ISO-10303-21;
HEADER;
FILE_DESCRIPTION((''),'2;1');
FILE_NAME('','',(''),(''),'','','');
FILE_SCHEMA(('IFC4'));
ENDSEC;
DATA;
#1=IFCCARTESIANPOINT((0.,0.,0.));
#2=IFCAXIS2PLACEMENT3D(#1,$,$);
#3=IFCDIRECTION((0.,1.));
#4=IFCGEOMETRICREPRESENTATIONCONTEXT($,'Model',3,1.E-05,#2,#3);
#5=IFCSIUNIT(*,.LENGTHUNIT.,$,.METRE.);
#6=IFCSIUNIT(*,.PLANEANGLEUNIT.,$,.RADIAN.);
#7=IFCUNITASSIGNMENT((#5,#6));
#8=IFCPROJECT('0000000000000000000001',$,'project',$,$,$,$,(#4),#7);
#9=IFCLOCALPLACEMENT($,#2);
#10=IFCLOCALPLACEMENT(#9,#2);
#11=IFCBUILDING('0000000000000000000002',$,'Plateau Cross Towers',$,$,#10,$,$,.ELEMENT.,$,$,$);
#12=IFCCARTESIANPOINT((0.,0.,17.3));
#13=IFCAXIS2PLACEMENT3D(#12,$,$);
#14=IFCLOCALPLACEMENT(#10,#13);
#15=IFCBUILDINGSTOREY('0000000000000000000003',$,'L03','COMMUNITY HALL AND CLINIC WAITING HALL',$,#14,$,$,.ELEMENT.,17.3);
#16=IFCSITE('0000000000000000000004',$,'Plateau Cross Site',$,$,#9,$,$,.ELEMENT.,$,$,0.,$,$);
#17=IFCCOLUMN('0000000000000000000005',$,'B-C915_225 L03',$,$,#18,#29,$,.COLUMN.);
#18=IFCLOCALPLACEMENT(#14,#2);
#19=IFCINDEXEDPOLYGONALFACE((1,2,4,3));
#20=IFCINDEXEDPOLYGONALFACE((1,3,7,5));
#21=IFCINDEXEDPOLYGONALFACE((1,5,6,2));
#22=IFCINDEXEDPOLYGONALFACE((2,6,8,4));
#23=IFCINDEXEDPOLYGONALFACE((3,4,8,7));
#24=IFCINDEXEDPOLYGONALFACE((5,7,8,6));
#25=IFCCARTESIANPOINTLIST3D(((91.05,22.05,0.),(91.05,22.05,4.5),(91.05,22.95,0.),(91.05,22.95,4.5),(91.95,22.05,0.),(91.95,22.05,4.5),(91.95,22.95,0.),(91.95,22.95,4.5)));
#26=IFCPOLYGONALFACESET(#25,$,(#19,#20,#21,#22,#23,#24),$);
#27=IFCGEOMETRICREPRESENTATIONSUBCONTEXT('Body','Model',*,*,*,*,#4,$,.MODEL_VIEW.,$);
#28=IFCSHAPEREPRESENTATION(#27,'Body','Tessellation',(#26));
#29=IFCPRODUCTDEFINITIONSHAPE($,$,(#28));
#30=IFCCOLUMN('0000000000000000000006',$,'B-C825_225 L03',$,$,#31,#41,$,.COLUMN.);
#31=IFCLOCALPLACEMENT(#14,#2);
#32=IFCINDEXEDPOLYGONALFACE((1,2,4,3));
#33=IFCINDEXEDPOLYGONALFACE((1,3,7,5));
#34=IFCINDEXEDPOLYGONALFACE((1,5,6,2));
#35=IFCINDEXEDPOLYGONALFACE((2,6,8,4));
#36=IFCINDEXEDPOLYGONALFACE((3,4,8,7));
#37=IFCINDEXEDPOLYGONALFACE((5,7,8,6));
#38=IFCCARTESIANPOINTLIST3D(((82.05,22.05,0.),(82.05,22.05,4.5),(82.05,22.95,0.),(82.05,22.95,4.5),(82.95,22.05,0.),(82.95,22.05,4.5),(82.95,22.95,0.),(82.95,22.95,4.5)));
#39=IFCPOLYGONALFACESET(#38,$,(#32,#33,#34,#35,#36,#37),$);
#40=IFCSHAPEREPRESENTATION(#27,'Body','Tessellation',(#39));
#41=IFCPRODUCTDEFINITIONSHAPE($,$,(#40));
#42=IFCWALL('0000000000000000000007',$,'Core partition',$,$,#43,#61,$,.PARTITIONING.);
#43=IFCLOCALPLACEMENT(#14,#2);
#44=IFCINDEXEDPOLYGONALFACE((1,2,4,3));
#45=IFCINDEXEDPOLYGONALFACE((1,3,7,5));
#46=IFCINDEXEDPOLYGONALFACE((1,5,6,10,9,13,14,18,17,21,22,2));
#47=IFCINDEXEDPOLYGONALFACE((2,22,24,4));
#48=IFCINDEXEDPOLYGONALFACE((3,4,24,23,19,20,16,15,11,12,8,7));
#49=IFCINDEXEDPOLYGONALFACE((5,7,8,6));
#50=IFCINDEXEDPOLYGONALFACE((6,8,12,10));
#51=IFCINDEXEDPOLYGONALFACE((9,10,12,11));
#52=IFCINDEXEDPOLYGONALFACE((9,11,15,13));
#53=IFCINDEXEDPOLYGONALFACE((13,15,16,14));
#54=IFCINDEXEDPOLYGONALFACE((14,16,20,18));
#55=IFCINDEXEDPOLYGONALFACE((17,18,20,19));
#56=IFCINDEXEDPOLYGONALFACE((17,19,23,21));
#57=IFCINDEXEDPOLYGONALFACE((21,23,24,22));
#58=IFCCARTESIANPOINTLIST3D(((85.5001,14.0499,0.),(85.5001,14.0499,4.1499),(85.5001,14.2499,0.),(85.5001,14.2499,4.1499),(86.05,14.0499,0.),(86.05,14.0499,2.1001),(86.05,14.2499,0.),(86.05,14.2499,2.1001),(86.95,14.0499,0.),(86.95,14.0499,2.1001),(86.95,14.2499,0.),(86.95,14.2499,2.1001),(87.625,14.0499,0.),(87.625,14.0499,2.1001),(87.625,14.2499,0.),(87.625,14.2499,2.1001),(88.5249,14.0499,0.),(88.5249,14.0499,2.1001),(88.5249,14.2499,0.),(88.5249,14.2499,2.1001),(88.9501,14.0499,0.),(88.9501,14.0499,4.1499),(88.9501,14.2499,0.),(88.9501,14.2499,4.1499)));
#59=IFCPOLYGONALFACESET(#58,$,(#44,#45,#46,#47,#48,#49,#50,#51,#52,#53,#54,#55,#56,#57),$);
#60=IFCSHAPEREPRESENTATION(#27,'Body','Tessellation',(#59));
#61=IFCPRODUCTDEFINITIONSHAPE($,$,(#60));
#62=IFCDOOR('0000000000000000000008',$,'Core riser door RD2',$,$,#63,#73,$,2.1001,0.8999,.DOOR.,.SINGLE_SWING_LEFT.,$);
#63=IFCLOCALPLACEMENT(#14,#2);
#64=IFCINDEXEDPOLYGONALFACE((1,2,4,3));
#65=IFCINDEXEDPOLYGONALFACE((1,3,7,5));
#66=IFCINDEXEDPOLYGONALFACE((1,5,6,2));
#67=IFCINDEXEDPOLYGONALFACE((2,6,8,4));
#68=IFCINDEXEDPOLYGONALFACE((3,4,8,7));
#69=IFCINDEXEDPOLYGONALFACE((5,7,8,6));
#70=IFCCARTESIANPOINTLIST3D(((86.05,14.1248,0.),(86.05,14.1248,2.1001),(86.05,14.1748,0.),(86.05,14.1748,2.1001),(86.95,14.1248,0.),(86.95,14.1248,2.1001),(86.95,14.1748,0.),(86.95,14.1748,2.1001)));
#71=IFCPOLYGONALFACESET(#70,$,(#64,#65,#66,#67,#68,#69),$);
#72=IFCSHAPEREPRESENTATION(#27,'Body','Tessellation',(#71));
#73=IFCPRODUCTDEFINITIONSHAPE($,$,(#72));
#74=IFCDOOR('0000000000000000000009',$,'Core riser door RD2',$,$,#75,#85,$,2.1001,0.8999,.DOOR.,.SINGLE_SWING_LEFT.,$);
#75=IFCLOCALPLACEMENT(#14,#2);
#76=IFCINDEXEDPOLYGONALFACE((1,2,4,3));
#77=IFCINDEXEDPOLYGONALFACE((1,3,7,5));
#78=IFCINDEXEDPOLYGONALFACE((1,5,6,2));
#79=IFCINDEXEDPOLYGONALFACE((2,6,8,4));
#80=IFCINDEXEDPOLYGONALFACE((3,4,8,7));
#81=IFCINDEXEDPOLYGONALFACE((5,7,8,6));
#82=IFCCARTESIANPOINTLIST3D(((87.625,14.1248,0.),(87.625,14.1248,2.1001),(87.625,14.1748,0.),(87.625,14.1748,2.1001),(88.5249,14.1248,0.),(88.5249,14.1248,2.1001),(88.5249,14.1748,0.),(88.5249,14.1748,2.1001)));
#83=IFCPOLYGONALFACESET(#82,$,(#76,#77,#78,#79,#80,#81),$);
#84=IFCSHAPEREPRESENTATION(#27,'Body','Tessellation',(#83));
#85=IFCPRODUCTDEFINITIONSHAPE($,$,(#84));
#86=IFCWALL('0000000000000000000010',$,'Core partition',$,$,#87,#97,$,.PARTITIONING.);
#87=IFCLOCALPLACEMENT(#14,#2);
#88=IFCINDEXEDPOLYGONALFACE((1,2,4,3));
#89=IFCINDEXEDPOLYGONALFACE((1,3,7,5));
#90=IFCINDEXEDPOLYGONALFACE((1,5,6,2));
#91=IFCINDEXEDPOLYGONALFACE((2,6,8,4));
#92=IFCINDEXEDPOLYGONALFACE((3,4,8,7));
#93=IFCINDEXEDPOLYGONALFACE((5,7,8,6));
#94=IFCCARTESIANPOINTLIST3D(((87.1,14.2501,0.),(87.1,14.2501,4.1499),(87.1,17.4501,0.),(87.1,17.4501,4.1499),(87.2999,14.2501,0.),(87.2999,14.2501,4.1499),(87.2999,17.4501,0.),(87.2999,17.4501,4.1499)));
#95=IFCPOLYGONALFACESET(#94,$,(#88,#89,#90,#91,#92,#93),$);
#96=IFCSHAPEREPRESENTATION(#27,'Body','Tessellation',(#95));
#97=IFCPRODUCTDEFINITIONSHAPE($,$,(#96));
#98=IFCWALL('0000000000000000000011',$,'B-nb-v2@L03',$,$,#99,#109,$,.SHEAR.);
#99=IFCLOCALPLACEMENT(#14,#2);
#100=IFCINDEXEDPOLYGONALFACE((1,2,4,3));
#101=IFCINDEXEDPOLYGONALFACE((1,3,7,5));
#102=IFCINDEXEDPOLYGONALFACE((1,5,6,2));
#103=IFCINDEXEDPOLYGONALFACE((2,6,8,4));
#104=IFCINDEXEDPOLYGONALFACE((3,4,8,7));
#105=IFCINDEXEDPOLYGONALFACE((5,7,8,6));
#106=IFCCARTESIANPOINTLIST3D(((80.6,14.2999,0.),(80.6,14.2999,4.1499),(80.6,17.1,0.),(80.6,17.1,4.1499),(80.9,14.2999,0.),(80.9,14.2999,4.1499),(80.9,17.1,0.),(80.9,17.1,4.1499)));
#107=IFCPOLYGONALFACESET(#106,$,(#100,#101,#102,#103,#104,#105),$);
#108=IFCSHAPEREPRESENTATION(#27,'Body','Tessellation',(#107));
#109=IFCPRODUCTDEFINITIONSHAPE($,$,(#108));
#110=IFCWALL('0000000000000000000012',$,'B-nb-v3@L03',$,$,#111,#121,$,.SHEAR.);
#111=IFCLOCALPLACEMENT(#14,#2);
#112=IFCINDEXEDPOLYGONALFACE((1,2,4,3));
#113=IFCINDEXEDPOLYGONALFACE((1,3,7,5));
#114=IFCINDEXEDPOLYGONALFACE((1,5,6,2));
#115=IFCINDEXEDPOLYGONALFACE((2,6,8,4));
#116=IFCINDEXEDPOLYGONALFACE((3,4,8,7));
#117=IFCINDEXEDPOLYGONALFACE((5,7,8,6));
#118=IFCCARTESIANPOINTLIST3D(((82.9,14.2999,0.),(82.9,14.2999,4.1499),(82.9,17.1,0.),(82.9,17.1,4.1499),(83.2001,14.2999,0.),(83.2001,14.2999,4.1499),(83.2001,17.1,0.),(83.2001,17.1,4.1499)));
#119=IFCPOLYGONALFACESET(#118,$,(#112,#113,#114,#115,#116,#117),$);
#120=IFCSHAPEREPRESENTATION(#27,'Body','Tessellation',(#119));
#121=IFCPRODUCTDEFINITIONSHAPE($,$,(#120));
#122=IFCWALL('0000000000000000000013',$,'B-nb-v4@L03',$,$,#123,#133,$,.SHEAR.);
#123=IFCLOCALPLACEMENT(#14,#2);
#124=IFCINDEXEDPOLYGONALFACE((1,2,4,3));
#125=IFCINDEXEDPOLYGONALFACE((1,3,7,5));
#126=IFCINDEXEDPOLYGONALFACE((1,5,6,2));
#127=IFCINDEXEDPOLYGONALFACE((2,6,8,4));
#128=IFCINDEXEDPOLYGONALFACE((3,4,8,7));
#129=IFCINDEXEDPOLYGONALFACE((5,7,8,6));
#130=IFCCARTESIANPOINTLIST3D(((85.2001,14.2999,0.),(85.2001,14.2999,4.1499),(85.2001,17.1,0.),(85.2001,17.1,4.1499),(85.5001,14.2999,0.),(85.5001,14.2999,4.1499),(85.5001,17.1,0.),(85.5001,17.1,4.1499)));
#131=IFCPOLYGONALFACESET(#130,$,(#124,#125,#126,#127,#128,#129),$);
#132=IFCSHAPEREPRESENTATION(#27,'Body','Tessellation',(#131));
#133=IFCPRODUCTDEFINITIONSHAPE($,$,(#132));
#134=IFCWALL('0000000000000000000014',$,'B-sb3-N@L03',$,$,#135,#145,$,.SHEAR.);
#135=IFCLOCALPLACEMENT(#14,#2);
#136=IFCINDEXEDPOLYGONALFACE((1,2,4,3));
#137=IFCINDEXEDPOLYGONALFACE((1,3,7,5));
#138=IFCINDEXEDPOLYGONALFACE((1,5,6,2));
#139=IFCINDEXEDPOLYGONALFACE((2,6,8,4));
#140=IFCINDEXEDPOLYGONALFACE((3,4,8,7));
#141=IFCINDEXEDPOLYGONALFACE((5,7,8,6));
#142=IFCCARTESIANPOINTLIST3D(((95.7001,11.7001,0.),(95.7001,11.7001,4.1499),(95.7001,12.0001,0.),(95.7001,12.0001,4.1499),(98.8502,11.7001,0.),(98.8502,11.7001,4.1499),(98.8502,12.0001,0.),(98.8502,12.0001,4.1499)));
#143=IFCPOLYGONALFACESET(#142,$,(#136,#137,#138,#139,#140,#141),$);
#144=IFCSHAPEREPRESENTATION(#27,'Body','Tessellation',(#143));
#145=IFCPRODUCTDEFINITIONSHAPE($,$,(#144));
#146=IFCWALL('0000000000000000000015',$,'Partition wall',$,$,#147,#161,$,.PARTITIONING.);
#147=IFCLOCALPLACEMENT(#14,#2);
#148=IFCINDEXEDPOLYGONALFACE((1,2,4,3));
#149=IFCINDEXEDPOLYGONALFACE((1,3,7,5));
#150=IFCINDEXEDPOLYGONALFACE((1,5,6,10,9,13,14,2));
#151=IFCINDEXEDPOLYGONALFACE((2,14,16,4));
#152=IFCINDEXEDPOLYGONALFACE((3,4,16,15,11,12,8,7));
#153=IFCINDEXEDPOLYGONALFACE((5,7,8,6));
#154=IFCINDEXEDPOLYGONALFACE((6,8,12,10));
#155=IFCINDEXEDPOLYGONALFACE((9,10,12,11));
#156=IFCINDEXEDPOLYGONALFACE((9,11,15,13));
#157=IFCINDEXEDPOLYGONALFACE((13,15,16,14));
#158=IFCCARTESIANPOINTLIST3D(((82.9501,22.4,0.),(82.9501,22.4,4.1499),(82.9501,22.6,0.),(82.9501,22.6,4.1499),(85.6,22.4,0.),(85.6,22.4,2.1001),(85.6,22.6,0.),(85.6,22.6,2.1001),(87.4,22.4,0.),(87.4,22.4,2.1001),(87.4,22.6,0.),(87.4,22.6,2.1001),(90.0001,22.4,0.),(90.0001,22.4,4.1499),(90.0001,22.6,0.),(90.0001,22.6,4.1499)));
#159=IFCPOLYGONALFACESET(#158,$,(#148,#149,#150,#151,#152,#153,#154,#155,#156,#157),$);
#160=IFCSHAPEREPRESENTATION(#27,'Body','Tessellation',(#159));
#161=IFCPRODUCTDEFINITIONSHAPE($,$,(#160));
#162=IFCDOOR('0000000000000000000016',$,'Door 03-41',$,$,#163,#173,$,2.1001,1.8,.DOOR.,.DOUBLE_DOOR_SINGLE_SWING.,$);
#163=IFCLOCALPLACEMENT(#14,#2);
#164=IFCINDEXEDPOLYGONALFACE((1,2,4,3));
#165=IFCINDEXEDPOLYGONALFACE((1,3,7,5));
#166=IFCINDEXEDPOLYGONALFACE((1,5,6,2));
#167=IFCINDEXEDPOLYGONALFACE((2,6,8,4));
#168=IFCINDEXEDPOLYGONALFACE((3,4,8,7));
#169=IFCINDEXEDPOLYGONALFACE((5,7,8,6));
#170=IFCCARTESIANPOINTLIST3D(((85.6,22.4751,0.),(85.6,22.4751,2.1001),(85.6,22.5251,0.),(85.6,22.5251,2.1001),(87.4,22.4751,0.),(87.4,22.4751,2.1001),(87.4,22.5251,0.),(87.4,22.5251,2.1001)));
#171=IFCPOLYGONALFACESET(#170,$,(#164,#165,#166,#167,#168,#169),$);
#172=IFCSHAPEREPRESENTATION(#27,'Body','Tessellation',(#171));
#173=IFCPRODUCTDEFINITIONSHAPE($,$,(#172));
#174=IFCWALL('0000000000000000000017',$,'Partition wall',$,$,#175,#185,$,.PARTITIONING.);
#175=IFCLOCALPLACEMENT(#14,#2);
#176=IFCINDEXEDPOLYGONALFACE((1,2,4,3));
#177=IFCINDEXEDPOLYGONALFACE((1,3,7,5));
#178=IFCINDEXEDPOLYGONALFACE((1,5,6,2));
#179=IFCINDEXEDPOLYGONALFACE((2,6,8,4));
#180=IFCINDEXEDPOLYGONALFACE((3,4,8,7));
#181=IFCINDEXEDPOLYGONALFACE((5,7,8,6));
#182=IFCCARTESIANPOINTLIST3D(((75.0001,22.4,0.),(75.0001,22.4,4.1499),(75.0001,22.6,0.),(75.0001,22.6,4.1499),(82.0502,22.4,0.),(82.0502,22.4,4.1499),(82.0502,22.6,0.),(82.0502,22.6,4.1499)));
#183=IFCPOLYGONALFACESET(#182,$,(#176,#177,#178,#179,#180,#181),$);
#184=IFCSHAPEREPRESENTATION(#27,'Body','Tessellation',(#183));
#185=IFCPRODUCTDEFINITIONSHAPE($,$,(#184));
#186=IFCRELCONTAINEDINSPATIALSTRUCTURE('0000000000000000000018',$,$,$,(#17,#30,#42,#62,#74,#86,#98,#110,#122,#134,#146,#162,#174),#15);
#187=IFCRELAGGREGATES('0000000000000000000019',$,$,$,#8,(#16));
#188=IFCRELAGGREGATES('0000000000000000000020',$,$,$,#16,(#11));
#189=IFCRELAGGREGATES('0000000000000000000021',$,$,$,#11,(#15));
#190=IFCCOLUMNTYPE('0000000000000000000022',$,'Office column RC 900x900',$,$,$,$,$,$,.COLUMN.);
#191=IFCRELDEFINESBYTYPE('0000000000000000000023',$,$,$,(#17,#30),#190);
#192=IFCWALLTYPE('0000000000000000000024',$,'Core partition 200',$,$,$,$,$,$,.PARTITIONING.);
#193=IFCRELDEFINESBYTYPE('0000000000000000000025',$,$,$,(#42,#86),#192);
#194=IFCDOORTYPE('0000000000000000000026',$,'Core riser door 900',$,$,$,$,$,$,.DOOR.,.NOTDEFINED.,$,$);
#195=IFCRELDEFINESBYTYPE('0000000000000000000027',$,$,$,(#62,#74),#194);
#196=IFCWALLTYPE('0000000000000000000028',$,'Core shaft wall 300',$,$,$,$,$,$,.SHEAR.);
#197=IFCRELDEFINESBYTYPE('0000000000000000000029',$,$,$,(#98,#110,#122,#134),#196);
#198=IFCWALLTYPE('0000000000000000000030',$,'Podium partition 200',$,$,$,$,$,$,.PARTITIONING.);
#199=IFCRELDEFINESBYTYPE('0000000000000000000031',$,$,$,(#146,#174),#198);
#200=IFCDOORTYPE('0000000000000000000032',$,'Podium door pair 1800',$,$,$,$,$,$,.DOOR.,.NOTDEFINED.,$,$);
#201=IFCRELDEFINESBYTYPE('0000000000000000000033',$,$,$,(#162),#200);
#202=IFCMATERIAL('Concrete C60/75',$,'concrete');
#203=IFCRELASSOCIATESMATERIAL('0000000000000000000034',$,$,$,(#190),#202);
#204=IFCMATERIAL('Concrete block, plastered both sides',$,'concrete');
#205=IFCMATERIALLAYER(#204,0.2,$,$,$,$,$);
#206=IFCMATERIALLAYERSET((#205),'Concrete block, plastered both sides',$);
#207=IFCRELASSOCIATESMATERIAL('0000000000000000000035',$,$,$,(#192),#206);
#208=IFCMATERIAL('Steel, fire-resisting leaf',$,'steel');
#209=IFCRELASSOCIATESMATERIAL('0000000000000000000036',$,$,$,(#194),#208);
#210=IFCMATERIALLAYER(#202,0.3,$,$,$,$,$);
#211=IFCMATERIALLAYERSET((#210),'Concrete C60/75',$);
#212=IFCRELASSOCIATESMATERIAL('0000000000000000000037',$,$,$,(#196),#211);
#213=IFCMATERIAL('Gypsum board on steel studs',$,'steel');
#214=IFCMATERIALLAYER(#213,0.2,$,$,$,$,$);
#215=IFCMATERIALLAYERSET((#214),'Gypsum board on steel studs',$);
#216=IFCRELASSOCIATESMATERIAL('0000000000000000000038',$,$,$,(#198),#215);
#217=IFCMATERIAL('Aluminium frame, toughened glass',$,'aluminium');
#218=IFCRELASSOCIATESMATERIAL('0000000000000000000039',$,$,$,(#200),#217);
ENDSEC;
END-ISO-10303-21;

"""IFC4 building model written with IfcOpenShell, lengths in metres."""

from ifc_helpers import new_model, si_unit, direction, frame, frame_2d, origin, origin_2d, place, context, subcontext, project, spatial, rectangle, extrude, material, layer, layer_set, material_profile, profile_set, type_object, element, fill, save


model = new_model("IFC4")

# Units and contexts
model_context = context("Model", 3, precision=1e-05, world=origin(), true_north=direction((0.0, 1.0)))
body_context = subcontext(model_context, "Body", "Model", "MODEL_VIEW")
ifc_project = project(units=[si_unit("LENGTHUNIT", "METRE"), si_unit("PLANEANGLEUNIT", "RADIAN")], contexts=[model_context])

# Site, building, storey
site_placement = place(None, origin())
site = spatial("IfcSite", under=ifc_project, at=site_placement, Name="Plateau Cross Site", CompositionType="ELEMENT", RefElevation=0.0)
building_placement = place(site_placement, origin())
building = spatial("IfcBuilding", under=site, at=building_placement, Name="Plateau Cross Towers", CompositionType="ELEMENT")
storey_placement = place(building_placement, frame((0.0, 0.0, 17.3)))
storey = spatial("IfcBuildingStorey", under=building, at=storey_placement, Name="L03", Description="COMMUNITY HALL AND CLINIC WAITING HALL", CompositionType="ELEMENT", Elevation=17.3)

# Columns
ifc_material_1 = material(Name="Concrete C60/75", Category="concrete")
ifc_material_profile = material_profile(ifc_material_1, rectangle(XDim=0.8999, YDim=0.8999, at=origin_2d()), Name="RC 900x900")
ifc_profile_set = profile_set([ifc_material_profile], Name="Concrete C60/75")
column_type = type_object("IfcColumnType", Name="Office column RC 900x900", PredefinedType="COLUMN", material=ifc_profile_set)
for number, where, z_axis, x_axis, name in (
    (1, (91.5, 22.5, 0.0), (0.0, 0.0, 1.0), (1.0, 0.0, 0.0), "B-C915_225 L03"),
    (2, (82.5, 22.5, 0.0), (0.0, 0.0, 1.0), (1.0, 0.0, 0.0), "B-C825_225 L03"),
):
    element("IfcColumn", number, at=place(storey_placement, frame(where, z_axis=z_axis, x_axis=x_axis)), inside=storey, type_object=column_type, Name=name, PredefinedType="COLUMN", context=body_context, shape_type="SweptSolid", body=[
        extrude(rectangle(XDim=0.8999, YDim=0.8999, at=origin_2d()), origin(), (0.0, 0.0, 1.0), 4.5),
    ])

# Wall, openings, doors
ifc_material_2 = material(Name="Concrete block, plastered both sides", Category="concrete")
ifc_layer_1 = layer(ifc_material_2, 0.2)
ifc_layer_set_1 = layer_set([ifc_layer_1], Name="Concrete block, plastered both sides")
wall_type_1 = type_object("IfcWallType", Name="Core partition 200", PredefinedType="PARTITIONING", material=ifc_layer_set_1)
wall_1_placement = place(storey_placement, frame((85.5, 14.1499, 0.0), z_axis=(0.0, 0.0, 1.0), x_axis=(1.0, 0.0, 0.0)))
wall_1 = element("IfcWall", 3, at=wall_1_placement, inside=storey, type_object=wall_type_1, Name="Core partition", PredefinedType="PARTITIONING", context=body_context, shape_type="SweptSolid", body=[
    extrude(rectangle(XDim=3.45, YDim=0.2, at=frame_2d((1.7251, 0.0))), origin(), (0.0, 0.0, 1.0), 4.1499),
])
opening_1_placement = place(wall_1_placement, frame((0.55, 0.0, 0.0)))
opening_1 = element("IfcOpeningElement", 4, at=opening_1_placement, cuts=wall_1, PredefinedType="OPENING", context=body_context, shape_type="SweptSolid", body=[
    extrude(rectangle(XDim=0.8999, YDim=2.1001, at=frame_2d((0.45, 1.05))), frame((0.0, 0.1099, 0.0), z_axis=(0.0, -1.0, 0.0), x_axis=(1.0, 0.0, 0.0)), (0.0, 0.0, 1.0), 0.22),
])
opening_2_placement = place(wall_1_placement, frame((2.125, 0.0, 0.0)))
opening_2 = element("IfcOpeningElement", 5, at=opening_2_placement, cuts=wall_1, PredefinedType="OPENING", context=body_context, shape_type="SweptSolid", body=[
    extrude(rectangle(XDim=0.8999, YDim=2.1001, at=frame_2d((0.45, 1.05))), frame((0.0, 0.1099, 0.0), z_axis=(0.0, -1.0, 0.0), x_axis=(1.0, 0.0, 0.0)), (0.0, 0.0, 1.0), 0.22),
])
ifc_material_3 = material(Name="Steel, fire-resisting leaf", Category="steel")
door_type_1 = type_object("IfcDoorType", Name="Core riser door 900", OperationType="NOTDEFINED", PredefinedType="DOOR", material=ifc_material_3)
door_1_placement = place(opening_1_placement, origin())
door_1 = element("IfcDoor", 6, at=door_1_placement, inside=storey, type_object=door_type_1, Name="Core riser door RD2", OperationType="SINGLE_SWING_LEFT", OverallHeight=2.1001, OverallWidth=0.8999, PredefinedType="DOOR", context=body_context, shape_type="SweptSolid", body=[
    extrude(rectangle(XDim=0.8999, YDim=2.1001, at=frame_2d((0.45, 1.05))), frame((0.0, 0.0249, 0.0), z_axis=(0.0, -1.0, 0.0), x_axis=(1.0, 0.0, 0.0)), (0.0, 0.0, 1.0), 0.05),
])
fill(opening_1, door_1)
door_2_placement = place(opening_2_placement, origin())
door_2 = element("IfcDoor", 7, at=door_2_placement, inside=storey, type_object=door_type_1, Name="Core riser door RD2", OperationType="SINGLE_SWING_LEFT", OverallHeight=2.1001, OverallWidth=0.8999, PredefinedType="DOOR", context=body_context, shape_type="SweptSolid", body=[
    extrude(rectangle(XDim=0.8999, YDim=2.1001, at=frame_2d((0.45, 1.05))), frame((0.0, 0.0249, 0.0), z_axis=(0.0, -1.0, 0.0), x_axis=(1.0, 0.0, 0.0)), (0.0, 0.0, 1.0), 0.05),
])
fill(opening_2, door_2)

# Walls
wall_2_placement = place(storey_placement, frame((87.2, 14.25, 0.0), z_axis=(0.0, 0.0, 1.0), x_axis=(0.0, 1.0, 0.0)))
element("IfcWall", 8, at=wall_2_placement, inside=storey, type_object=wall_type_1, Name="Core partition", PredefinedType="PARTITIONING", context=body_context, shape_type="SweptSolid", body=[
    extrude(rectangle(XDim=3.2, YDim=0.2, at=frame_2d((1.6001, 0.0))), origin(), (0.0, 0.0, 1.0), 4.1499),
])
ifc_layer_2 = layer(ifc_material_1, 0.3)
ifc_layer_set_2 = layer_set([ifc_layer_2], Name="Concrete C60/75")
wall_type_2 = type_object("IfcWallType", Name="Core shaft wall 300", PredefinedType="SHEAR", material=ifc_layer_set_2)
for number, where, z_axis, x_axis, name in (
    (9, (80.75, 14.3, 0.0), (0.0, 0.0, 1.0), (0.0, 1.0, 0.0), "B-nb-v2@L03"),
    (10, (83.05, 14.3, 0.0), (0.0, 0.0, 1.0), (0.0, 1.0, 0.0), "B-nb-v3@L03"),
    (11, (85.3501, 14.3, 0.0), (0.0, 0.0, 1.0), (0.0, 1.0, 0.0), "B-nb-v4@L03"),
):
    element("IfcWall", number, at=place(storey_placement, frame(where, z_axis=z_axis, x_axis=x_axis)), inside=storey, type_object=wall_type_2, Name=name, PredefinedType="SHEAR", context=body_context, shape_type="SweptSolid", body=[
        extrude(rectangle(XDim=2.8, YDim=0.3, at=frame_2d((1.3999, 0.0))), origin(), (0.0, 0.0, 1.0), 4.1499),
    ])
wall_3_placement = place(storey_placement, frame((95.7, 11.8501, 0.0), z_axis=(0.0, 0.0, 1.0), x_axis=(1.0, 0.0, 0.0)))
element("IfcWall", 12, at=wall_3_placement, inside=storey, type_object=wall_type_2, Name="B-sb3-N@L03", PredefinedType="SHEAR", context=body_context, shape_type="SweptSolid", body=[
    extrude(rectangle(XDim=3.1501, YDim=0.3, at=frame_2d((1.5752, 0.0))), origin(), (0.0, 0.0, 1.0), 4.1499),
])

# Wall, opening, door
ifc_material_4 = material(Name="Gypsum board on steel studs", Category="steel")
ifc_layer_3 = layer(ifc_material_4, 0.2)
ifc_layer_set_3 = layer_set([ifc_layer_3], Name="Gypsum board on steel studs")
wall_type_3 = type_object("IfcWallType", Name="Podium partition 200", PredefinedType="PARTITIONING", material=ifc_layer_set_3)
wall_4_placement = place(storey_placement, frame((90.0, 22.5, 0.0), z_axis=(0.0, 0.0, 1.0), x_axis=(-1.0, 0.0, 0.0)))
wall_4 = element("IfcWall", 13, at=wall_4_placement, inside=storey, type_object=wall_type_3, Name="Partition wall", PredefinedType="PARTITIONING", context=body_context, shape_type="SweptSolid", body=[
    extrude(rectangle(XDim=7.05, YDim=0.2, at=frame_2d((3.5249, 0.0))), origin(), (0.0, 0.0, 1.0), 4.1499),
])
opening_3_placement = place(wall_4_placement, frame((2.6001, 0.0, 0.0)))
opening_3 = element("IfcOpeningElement", 14, at=opening_3_placement, cuts=wall_4, PredefinedType="OPENING", context=body_context, shape_type="SweptSolid", body=[
    extrude(rectangle(XDim=1.8, YDim=2.1001, at=frame_2d((0.8999, 1.05))), frame((0.0, 0.1099, 0.0), z_axis=(0.0, -1.0, 0.0), x_axis=(1.0, 0.0, 0.0)), (0.0, 0.0, 1.0), 0.22),
])
ifc_material_5 = material(Name="Aluminium frame, toughened glass", Category="aluminium")
door_type_2 = type_object("IfcDoorType", Name="Podium door pair 1800", OperationType="NOTDEFINED", PredefinedType="DOOR", material=ifc_material_5)
door_3_placement = place(opening_3_placement, origin())
door_3 = element("IfcDoor", 15, at=door_3_placement, inside=storey, type_object=door_type_2, Name="Door 03-41", OperationType="DOUBLE_DOOR_SINGLE_SWING", OverallHeight=2.1001, OverallWidth=1.8, PredefinedType="DOOR", context=body_context, shape_type="SweptSolid", body=[
    extrude(rectangle(XDim=1.8, YDim=2.1001, at=frame_2d((0.8999, 1.05))), frame((0.0, 0.0249, 0.0), z_axis=(0.0, -1.0, 0.0), x_axis=(1.0, 0.0, 0.0)), (0.0, 0.0, 1.0), 0.05),
])
fill(opening_3, door_3)

# Wall
wall_5_placement = place(storey_placement, frame((82.05, 22.5, 0.0), z_axis=(0.0, 0.0, 1.0), x_axis=(-1.0, 0.0, 0.0)))
element("IfcWall", 16, at=wall_5_placement, inside=storey, type_object=wall_type_3, Name="Partition wall", PredefinedType="PARTITIONING", context=body_context, shape_type="SweptSolid", body=[
    extrude(rectangle(XDim=7.05, YDim=0.2, at=frame_2d((3.5249, 0.0))), origin(), (0.0, 0.0, 1.0), 4.1499),
])

save(model, "model.ifc")
